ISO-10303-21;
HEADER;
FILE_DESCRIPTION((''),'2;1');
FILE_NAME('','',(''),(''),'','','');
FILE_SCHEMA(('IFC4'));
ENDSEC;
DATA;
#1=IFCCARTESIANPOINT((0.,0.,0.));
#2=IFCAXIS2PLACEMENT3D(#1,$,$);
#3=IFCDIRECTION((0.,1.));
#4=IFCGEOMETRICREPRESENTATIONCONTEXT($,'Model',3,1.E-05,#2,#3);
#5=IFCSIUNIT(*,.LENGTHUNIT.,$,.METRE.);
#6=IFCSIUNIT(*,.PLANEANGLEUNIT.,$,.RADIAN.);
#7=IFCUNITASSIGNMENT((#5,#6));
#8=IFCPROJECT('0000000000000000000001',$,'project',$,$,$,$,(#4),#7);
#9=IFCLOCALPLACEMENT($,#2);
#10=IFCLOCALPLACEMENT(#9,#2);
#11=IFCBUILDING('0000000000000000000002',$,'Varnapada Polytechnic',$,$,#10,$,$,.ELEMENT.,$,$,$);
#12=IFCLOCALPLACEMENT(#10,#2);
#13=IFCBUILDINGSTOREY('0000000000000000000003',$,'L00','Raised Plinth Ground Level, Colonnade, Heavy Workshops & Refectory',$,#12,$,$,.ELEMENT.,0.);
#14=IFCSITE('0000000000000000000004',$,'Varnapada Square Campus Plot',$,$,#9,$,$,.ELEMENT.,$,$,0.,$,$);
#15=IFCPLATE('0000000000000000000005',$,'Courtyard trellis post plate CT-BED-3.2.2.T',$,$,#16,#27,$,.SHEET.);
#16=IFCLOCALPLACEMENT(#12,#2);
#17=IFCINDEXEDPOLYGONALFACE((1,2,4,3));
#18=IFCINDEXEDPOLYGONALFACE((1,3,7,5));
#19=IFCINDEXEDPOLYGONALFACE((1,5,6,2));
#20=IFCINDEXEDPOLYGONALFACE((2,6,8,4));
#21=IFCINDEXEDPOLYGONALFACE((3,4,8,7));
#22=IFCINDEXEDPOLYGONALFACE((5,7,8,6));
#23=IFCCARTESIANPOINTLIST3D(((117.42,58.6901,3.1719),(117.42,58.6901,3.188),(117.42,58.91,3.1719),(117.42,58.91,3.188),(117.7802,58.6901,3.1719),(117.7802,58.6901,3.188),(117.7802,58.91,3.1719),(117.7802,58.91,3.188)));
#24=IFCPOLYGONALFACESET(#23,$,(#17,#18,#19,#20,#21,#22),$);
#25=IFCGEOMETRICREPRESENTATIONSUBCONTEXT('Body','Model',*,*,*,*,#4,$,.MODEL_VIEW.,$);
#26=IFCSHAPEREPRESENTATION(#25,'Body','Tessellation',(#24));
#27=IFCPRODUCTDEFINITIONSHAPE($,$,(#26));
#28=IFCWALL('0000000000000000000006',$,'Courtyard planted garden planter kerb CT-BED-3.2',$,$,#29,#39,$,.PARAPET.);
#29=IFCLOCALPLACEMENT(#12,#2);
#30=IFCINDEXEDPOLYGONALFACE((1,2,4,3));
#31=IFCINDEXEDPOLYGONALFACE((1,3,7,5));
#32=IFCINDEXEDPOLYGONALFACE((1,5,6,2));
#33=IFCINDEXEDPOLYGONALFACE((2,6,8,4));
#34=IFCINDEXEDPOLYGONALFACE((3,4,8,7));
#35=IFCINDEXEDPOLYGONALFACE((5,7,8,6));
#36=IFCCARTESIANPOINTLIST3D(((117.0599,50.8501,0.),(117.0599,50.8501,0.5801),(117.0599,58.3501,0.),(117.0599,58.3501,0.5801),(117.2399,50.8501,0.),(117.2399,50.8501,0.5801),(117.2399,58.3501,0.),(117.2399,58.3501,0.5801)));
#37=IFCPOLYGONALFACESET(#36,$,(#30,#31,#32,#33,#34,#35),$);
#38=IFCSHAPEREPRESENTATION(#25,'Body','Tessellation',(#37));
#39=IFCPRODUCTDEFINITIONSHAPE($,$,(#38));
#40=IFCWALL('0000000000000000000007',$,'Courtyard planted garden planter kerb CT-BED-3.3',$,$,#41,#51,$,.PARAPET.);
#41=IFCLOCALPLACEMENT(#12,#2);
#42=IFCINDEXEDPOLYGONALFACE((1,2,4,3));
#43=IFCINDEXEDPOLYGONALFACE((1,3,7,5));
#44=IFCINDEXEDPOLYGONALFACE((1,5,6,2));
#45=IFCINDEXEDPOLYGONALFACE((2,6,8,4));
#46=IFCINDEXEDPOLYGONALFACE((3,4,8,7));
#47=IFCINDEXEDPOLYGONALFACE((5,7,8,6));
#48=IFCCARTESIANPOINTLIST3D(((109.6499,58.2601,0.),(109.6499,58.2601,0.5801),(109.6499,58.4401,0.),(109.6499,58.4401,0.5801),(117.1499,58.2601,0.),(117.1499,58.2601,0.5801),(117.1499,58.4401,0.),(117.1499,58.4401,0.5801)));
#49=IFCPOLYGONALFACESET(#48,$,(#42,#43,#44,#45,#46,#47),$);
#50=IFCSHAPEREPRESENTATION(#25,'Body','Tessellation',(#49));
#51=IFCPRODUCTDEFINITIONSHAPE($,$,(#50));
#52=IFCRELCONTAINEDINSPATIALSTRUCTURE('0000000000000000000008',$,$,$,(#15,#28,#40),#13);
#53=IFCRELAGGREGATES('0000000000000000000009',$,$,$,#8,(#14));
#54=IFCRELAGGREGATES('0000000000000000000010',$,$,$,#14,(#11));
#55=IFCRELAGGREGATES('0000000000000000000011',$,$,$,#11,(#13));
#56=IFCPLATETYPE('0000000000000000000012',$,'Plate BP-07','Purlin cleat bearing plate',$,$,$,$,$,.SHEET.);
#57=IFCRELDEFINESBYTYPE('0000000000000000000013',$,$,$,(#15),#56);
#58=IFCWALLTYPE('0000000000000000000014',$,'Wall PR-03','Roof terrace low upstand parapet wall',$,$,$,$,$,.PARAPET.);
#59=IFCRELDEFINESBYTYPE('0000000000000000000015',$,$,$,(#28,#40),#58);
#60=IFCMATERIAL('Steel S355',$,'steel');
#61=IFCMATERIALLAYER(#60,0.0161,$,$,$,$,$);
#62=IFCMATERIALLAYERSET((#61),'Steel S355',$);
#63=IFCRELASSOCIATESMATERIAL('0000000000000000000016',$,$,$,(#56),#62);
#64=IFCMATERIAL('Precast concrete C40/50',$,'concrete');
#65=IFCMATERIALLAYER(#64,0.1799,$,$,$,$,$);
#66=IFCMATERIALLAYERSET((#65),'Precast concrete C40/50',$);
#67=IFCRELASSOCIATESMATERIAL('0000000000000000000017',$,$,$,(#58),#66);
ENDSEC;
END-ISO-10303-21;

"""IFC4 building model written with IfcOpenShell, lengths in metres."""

from ifc_helpers import new_model, si_unit, direction, frame, frame_2d, origin, origin_2d, place, context, subcontext, project, spatial, rectangle, extrude, material, layer, layer_set, type_object, element, save


model = new_model("IFC4")

# Units and contexts
model_context = context("Model", 3, precision=1e-05, world=origin(), true_north=direction((0.0, 1.0)))
body_context = subcontext(model_context, "Body", "Model", "MODEL_VIEW")
ifc_project = project(units=[si_unit("LENGTHUNIT", "METRE"), si_unit("PLANEANGLEUNIT", "RADIAN")], contexts=[model_context])

# Site, building, storey
site_placement = place(None, origin())
site = spatial("IfcSite", under=ifc_project, at=site_placement, Name="Varnapada Square Campus Plot", CompositionType="ELEMENT", RefElevation=0.0)
building_placement = place(site_placement, origin())
building = spatial("IfcBuilding", under=site, at=building_placement, Name="Varnapada Polytechnic", CompositionType="ELEMENT")
storey_placement = place(building_placement, origin())
storey = spatial("IfcBuildingStorey", under=building, at=storey_placement, Name="L00", Description="Raised Plinth Ground Level, Colonnade, Heavy Workshops & Refectory", CompositionType="ELEMENT", Elevation=0.0)

# Shared definitions
ifc_material_1 = material(Name="Steel S355", Category="steel")

# Plate
ifc_layer_1 = layer(ifc_material_1, 0.0161)
ifc_layer_set_1 = layer_set([ifc_layer_1], Name="Steel S355")
plate_type = type_object("IfcPlateType", Name="Plate BP-07", Description="Purlin cleat bearing plate", PredefinedType="SHEET", material=ifc_layer_set_1)
for number, where, z_axis, x_axis, name in (
    (1, (117.6001, 58.8, 3.1719), (0.0, 0.0, 1.0), (1.0, 0.0, 0.0), "Courtyard trellis post plate CT-BED-3.2.2.T"),
):
    element("IfcPlate", number, at=place(storey_placement, frame(where, z_axis=z_axis, x_axis=x_axis)), inside=storey, type_object=plate_type, Name=name, PredefinedType="SHEET", context=body_context, shape_type="SweptSolid", body=[
        extrude(rectangle(XDim=0.3601, YDim=0.22, at=origin_2d()), origin(), (0.0, 0.0, 1.0), 0.0161),
    ])

# Walls
ifc_material_2 = material(Name="Precast concrete C40/50", Category="concrete")
ifc_layer_2 = layer(ifc_material_2, 0.1799)
ifc_layer_set_2 = layer_set([ifc_layer_2], Name="Precast concrete C40/50")
wall_type = type_object("IfcWallType", Name="Wall PR-03", Description="Roof terrace low upstand parapet wall", PredefinedType="PARAPET", material=ifc_layer_set_2)
for number, where, z_axis, x_axis, name in (
    (2, (117.1499, 50.8501, 0.0), (0.0, 0.0, 1.0), (0.0, 1.0, 0.0), "Courtyard planted garden planter kerb CT-BED-3.2"),
    (3, (117.1499, 58.3501, 0.0), (0.0, 0.0, 1.0), (-1.0, 0.0, 0.0), "Courtyard planted garden planter kerb CT-BED-3.3"),
):
    element("IfcWall", number, at=place(storey_placement, frame(where, z_axis=z_axis, x_axis=x_axis)), inside=storey, type_object=wall_type, Name=name, PredefinedType="PARAPET", context=body_context, shape_type="SweptSolid", body=[
        extrude(rectangle(XDim=7.5, YDim=0.1799, at=frame_2d((3.75, 0.0))), origin(), (0.0, 0.0, 1.0), 0.5801),
    ])

save(model, "model.ifc")
